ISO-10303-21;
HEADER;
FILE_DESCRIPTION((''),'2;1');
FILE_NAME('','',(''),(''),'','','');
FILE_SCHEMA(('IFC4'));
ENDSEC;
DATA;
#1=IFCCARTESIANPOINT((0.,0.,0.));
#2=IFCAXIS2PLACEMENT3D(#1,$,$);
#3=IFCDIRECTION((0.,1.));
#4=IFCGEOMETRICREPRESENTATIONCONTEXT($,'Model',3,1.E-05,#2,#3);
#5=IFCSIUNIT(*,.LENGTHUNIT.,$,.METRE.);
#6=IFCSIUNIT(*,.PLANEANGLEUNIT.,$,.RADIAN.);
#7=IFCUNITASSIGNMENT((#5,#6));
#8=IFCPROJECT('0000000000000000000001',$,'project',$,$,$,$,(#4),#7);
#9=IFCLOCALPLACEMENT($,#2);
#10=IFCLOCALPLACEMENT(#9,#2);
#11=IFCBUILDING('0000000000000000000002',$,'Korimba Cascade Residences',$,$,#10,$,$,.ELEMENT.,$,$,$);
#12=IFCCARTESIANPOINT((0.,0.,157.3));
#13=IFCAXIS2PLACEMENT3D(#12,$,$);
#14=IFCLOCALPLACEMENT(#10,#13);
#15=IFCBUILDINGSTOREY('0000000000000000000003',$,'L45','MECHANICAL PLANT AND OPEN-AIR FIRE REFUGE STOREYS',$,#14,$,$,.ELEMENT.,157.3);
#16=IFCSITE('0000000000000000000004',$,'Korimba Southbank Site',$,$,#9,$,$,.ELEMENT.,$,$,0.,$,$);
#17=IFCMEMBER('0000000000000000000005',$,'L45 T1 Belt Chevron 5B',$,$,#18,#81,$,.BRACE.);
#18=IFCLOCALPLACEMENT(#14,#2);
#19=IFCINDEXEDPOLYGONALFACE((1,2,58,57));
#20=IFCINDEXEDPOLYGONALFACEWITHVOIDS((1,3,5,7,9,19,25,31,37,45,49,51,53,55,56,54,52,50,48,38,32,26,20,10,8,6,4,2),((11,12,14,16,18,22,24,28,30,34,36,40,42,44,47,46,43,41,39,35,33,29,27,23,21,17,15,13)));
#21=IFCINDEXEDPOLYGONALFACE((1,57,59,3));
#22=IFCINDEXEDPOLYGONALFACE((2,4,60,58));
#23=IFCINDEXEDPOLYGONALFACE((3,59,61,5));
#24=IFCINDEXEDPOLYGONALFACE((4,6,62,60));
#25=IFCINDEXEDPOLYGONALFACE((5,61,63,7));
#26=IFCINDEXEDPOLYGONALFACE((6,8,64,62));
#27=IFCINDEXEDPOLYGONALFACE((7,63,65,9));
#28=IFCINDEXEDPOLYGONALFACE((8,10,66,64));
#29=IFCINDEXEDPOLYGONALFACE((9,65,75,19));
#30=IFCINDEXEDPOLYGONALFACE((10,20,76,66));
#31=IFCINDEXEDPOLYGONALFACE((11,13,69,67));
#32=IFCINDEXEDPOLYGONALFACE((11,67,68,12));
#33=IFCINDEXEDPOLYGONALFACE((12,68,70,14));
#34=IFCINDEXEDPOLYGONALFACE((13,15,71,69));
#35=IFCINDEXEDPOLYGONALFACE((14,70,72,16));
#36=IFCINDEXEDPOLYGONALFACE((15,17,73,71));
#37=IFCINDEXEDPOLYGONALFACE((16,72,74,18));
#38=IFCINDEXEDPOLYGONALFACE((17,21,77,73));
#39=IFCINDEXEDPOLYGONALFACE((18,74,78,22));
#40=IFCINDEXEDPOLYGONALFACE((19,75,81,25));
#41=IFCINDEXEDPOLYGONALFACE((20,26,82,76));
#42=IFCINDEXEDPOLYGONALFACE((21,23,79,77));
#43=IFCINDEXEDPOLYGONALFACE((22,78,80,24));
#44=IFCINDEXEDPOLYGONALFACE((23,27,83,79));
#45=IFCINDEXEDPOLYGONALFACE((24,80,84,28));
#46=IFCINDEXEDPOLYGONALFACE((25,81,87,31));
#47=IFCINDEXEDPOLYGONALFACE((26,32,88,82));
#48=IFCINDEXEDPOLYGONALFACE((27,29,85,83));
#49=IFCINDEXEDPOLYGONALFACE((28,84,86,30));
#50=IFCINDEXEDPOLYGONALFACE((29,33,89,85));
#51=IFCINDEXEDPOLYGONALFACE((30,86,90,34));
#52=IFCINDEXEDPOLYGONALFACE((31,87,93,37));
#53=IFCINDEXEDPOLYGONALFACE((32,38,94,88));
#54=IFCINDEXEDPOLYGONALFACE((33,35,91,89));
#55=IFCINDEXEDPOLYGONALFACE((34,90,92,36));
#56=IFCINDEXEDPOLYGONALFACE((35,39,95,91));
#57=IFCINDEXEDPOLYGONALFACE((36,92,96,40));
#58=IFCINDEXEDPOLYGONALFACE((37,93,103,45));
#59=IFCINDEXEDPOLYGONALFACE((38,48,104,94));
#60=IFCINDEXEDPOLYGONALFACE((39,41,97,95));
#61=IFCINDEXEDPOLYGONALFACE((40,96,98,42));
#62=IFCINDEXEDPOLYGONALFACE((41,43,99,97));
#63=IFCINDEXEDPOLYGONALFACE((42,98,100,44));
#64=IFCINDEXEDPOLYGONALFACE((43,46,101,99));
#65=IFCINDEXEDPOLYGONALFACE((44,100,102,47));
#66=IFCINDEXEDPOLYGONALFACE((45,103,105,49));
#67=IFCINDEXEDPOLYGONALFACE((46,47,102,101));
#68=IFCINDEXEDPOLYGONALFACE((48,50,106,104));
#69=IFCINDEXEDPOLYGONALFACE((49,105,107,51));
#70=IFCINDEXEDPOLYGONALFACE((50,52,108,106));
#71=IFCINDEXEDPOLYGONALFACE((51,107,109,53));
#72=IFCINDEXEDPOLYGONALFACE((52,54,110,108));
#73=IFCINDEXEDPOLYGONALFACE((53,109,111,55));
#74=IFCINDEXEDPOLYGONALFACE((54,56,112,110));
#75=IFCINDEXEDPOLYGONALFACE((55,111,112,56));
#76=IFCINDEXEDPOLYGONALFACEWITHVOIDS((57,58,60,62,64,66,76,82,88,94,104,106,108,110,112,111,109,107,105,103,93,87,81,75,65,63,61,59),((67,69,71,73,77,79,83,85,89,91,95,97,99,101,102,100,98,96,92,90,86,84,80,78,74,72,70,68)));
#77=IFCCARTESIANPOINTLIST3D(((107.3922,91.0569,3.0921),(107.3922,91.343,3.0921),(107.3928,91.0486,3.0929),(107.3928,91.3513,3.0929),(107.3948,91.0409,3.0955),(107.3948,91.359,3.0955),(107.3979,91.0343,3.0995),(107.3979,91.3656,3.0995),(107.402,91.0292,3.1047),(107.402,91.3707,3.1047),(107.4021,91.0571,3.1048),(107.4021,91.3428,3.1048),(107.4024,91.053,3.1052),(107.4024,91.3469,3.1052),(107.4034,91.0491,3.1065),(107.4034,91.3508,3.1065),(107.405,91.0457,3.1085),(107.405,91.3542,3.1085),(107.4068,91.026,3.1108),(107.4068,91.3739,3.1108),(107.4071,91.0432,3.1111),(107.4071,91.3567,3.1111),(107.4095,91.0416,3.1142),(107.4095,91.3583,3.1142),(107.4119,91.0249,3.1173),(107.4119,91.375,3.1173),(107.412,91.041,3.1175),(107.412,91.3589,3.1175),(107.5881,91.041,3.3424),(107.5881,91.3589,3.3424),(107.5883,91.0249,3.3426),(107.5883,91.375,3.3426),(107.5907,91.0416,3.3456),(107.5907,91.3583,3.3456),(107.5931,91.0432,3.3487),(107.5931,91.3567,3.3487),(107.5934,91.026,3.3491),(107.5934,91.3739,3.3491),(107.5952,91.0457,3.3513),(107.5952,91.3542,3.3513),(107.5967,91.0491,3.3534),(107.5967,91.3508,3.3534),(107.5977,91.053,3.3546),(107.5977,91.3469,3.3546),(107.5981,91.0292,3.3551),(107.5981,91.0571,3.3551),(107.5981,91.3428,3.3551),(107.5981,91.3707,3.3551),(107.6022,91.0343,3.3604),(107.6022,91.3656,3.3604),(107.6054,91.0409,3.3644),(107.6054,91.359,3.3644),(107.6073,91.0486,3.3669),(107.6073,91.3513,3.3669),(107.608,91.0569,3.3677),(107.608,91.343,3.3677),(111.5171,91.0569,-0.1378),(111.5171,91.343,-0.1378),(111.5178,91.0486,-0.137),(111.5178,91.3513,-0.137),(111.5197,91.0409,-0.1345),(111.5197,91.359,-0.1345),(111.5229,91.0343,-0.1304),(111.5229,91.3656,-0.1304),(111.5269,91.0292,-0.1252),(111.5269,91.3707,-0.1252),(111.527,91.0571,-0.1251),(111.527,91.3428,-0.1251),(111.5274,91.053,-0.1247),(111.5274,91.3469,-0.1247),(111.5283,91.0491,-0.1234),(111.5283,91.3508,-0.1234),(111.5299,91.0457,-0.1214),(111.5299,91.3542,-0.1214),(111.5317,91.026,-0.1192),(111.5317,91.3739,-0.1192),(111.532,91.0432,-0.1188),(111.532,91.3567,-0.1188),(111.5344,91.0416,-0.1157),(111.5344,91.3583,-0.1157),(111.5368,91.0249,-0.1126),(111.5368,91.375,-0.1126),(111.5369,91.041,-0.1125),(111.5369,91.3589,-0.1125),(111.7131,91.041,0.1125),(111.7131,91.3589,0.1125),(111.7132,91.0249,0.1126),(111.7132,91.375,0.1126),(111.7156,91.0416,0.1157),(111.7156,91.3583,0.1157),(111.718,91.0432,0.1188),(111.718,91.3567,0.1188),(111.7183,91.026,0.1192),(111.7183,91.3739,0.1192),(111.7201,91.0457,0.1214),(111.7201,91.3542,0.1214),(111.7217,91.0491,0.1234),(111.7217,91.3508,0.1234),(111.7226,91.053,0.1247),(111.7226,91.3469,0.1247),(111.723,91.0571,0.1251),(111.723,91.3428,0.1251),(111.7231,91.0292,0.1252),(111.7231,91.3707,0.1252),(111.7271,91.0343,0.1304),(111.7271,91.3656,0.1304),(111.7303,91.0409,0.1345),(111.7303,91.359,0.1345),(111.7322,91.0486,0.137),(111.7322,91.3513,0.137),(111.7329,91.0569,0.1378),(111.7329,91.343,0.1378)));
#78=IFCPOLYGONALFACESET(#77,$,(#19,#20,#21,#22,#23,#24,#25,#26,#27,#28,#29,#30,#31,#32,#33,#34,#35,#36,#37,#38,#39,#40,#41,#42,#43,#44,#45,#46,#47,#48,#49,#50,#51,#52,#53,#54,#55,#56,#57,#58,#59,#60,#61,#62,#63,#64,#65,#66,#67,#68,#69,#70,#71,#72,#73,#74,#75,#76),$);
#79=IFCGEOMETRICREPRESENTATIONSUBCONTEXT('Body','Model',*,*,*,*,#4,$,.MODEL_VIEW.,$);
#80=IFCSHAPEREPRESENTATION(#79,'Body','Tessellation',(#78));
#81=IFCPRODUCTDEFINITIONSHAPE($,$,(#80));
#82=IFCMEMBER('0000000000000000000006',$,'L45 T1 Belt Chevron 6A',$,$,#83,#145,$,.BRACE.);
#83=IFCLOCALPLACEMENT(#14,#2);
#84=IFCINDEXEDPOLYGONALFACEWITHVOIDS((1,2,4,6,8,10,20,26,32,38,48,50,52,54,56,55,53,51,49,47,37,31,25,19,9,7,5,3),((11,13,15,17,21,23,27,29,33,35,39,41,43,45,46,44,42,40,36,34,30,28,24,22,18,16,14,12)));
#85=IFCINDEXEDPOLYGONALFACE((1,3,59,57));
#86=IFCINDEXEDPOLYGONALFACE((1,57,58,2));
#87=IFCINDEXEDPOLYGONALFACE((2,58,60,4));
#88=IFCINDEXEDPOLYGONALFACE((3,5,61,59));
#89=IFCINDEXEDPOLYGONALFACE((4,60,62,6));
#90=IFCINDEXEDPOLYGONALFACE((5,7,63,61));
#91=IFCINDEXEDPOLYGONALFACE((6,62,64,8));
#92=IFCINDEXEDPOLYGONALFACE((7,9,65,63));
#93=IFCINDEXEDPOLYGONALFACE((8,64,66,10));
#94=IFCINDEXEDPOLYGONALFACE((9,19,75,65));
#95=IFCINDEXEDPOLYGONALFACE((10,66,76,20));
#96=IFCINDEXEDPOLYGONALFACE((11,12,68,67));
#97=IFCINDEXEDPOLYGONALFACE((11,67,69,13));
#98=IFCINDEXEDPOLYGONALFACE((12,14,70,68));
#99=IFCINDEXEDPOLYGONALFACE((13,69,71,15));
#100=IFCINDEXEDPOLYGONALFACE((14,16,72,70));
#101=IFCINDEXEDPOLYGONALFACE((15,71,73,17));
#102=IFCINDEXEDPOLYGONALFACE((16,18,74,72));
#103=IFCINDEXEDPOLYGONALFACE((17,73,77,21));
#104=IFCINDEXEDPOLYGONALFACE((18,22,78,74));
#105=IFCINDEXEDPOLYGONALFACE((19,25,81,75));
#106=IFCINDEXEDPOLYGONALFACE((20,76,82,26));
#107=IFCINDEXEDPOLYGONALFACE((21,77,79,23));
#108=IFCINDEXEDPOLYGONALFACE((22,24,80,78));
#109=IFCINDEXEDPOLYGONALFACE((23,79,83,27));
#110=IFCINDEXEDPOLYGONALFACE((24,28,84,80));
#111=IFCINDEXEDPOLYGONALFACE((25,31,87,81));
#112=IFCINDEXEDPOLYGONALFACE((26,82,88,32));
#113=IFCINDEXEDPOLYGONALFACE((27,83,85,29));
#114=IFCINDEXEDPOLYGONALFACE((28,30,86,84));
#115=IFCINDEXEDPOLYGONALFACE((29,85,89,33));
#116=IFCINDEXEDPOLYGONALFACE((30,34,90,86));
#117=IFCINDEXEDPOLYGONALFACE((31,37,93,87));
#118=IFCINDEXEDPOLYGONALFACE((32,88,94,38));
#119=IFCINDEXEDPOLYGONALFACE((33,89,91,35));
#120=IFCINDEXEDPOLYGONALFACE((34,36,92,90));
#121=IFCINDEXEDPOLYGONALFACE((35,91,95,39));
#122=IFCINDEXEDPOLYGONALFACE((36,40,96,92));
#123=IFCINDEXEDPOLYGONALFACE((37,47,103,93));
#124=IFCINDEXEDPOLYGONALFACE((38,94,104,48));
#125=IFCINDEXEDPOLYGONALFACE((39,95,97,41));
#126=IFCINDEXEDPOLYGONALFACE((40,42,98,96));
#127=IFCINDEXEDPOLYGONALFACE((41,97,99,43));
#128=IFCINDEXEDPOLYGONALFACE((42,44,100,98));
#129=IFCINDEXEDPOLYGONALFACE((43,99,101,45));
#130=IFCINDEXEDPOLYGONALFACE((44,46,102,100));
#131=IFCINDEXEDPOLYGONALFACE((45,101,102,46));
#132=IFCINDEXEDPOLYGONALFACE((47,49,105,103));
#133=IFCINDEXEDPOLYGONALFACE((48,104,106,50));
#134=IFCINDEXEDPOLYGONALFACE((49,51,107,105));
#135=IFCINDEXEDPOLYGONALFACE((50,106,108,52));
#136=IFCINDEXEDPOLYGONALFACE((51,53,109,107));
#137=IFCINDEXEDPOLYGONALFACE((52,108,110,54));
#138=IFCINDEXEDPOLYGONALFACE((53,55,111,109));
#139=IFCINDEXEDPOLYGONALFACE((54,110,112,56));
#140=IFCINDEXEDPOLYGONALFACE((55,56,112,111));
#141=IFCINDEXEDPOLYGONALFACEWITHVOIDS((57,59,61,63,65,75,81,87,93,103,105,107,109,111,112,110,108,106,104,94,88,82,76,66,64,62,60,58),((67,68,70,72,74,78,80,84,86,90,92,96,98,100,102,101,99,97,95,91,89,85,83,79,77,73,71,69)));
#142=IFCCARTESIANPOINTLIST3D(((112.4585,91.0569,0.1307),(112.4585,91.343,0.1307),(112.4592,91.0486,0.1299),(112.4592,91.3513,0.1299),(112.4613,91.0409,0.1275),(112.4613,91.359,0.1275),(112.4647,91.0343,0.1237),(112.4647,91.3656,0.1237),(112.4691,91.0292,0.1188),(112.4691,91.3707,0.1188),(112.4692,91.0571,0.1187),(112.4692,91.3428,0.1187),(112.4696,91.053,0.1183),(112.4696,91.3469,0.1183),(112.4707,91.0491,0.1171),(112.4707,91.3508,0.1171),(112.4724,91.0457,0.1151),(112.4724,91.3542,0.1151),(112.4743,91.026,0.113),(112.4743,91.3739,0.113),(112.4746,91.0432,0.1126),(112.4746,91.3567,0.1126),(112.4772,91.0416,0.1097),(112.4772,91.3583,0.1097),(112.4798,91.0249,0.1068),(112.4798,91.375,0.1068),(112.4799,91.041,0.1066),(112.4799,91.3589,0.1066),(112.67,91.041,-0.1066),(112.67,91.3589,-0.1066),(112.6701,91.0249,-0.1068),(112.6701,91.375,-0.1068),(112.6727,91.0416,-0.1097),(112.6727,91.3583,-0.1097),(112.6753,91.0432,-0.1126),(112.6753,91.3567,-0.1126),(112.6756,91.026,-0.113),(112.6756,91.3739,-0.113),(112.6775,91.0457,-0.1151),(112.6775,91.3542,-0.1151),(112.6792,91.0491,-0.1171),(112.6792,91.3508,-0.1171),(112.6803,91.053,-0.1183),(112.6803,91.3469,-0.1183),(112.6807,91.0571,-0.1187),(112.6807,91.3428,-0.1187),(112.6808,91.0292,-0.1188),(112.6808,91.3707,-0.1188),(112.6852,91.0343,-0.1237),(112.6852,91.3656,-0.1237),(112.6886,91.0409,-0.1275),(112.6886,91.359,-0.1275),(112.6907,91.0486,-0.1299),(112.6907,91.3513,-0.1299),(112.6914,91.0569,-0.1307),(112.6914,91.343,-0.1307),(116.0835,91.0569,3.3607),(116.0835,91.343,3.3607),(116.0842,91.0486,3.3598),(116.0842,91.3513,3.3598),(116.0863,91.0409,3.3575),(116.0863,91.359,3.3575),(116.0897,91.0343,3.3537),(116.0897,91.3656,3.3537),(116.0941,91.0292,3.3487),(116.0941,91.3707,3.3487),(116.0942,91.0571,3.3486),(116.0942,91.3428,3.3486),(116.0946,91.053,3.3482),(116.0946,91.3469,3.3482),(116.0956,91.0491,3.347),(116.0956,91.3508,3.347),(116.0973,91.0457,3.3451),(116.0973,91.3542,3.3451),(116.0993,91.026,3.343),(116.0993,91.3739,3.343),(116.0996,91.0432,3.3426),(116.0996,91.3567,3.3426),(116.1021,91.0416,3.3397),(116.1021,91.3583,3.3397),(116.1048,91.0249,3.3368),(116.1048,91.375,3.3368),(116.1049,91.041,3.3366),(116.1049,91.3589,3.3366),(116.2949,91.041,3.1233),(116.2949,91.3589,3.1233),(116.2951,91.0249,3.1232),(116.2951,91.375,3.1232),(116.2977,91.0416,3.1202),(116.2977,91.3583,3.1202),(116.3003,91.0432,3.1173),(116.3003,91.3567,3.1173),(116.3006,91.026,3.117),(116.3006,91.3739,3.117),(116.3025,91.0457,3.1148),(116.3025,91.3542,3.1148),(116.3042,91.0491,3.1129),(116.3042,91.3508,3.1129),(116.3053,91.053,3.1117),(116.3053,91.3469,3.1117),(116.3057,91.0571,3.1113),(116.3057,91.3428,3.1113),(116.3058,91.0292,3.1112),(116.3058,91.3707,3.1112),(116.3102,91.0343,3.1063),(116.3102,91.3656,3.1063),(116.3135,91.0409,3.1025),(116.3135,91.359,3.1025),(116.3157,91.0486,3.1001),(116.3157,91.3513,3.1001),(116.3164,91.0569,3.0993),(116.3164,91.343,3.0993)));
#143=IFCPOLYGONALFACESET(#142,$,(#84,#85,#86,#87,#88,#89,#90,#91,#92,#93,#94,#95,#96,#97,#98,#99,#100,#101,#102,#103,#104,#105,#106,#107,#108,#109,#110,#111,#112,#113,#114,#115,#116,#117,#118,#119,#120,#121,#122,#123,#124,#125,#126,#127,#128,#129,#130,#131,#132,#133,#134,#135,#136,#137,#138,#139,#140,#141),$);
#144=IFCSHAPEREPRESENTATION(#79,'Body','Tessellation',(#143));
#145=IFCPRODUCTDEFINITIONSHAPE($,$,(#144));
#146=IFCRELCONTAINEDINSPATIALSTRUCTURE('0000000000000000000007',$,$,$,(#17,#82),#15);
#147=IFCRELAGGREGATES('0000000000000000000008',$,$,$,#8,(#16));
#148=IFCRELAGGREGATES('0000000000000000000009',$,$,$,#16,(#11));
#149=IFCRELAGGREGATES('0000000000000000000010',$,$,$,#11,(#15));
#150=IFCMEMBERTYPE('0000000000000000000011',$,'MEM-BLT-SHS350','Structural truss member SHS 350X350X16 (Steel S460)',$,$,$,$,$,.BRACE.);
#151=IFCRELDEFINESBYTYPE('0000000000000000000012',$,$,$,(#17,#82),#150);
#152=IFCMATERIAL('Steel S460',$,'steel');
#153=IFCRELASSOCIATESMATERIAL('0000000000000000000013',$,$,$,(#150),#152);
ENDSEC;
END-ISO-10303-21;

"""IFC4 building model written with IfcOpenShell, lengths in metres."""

from ifc_helpers import new_model, si_unit, direction, frame, origin, origin_2d, place, context, subcontext, project, spatial, hollow_rectangle, extrude, material, material_profile, profile_set, type_object, element, save


model = new_model("IFC4")

# Units and contexts
model_context = context("Model", 3, precision=1e-05, world=origin(), true_north=direction((0.0, 1.0)))
body_context = subcontext(model_context, "Body", "Model", "MODEL_VIEW")
ifc_project = project(units=[si_unit("LENGTHUNIT", "METRE"), si_unit("PLANEANGLEUNIT", "RADIAN")], contexts=[model_context])

# Site, building, storey
site_placement = place(None, origin())
site = spatial("IfcSite", under=ifc_project, at=site_placement, Name="Korimba Southbank Site", CompositionType="ELEMENT", RefElevation=0.0)
building_placement = place(site_placement, origin())
building = spatial("IfcBuilding", under=site, at=building_placement, Name="Korimba Cascade Residences", CompositionType="ELEMENT")
storey_placement = place(building_placement, frame((0.0, 0.0, 157.3)))
storey = spatial("IfcBuildingStorey", under=building, at=storey_placement, Name="L45", Description="MECHANICAL PLANT AND OPEN-AIR FIRE REFUGE STOREYS", CompositionType="ELEMENT", Elevation=157.3)

# Members
ifc_material_1 = material(Name="Steel S460", Category="steel")
ifc_material_profile_1 = material_profile(ifc_material_1, hollow_rectangle(XDim=0.3501, YDim=0.3501, WallThickness=0.0161, InnerFilletRadius=0.0161, OuterFilletRadius=0.032, at=origin_2d()), Name="Steel S460")
ifc_profile_set_1 = profile_set([ifc_material_profile_1], Name="Steel S460")
member_type_1 = type_object("IfcMemberType", Name="MEM-BLT-SHS350", Description="Structural truss member SHS 350X350X16 (Steel S460)", PredefinedType="BRACE", material=ifc_profile_set_1)
member_1_placement = place(storey_placement, frame((111.625, 91.2, 0.0), z_axis=(-0.787346, 0.0, 0.616512), x_axis=(0.0, -1.0, 0.0)))
element("IfcMember", 1, at=member_1_placement, inside=storey, type_object=member_type_1, Name="L45 T1 Belt Chevron 5B", PredefinedType="BRACE", context=body_context, shape_type="SweptSolid", body=[
    extrude(hollow_rectangle(XDim=0.3501, YDim=0.3501, WallThickness=0.0161, InnerFilletRadius=0.0161, OuterFilletRadius=0.032, at=origin_2d()), origin(), (0.0, 0.0, 1.0), 5.239),
])
for number, where, z_axis, x_axis, name in (
    (2, (112.575, 91.2, 0.0), (0.746615, 0.0, 0.665256), (0.0, 1.0, 0.0), "L45 T1 Belt Chevron 6A"),
):
    element("IfcMember", number, at=place(storey_placement, frame(where, z_axis=z_axis, x_axis=x_axis)), inside=storey, type_object=member_type_1, Name=name, PredefinedType="BRACE", context=body_context, shape_type="SweptSolid", body=[
        extrude(hollow_rectangle(XDim=0.3501, YDim=0.3501, WallThickness=0.0161, InnerFilletRadius=0.0161, OuterFilletRadius=0.032, at=origin_2d()), origin(), (0.0, 0.0, 1.0), 4.8552),
    ])

save(model, "model.ifc")
